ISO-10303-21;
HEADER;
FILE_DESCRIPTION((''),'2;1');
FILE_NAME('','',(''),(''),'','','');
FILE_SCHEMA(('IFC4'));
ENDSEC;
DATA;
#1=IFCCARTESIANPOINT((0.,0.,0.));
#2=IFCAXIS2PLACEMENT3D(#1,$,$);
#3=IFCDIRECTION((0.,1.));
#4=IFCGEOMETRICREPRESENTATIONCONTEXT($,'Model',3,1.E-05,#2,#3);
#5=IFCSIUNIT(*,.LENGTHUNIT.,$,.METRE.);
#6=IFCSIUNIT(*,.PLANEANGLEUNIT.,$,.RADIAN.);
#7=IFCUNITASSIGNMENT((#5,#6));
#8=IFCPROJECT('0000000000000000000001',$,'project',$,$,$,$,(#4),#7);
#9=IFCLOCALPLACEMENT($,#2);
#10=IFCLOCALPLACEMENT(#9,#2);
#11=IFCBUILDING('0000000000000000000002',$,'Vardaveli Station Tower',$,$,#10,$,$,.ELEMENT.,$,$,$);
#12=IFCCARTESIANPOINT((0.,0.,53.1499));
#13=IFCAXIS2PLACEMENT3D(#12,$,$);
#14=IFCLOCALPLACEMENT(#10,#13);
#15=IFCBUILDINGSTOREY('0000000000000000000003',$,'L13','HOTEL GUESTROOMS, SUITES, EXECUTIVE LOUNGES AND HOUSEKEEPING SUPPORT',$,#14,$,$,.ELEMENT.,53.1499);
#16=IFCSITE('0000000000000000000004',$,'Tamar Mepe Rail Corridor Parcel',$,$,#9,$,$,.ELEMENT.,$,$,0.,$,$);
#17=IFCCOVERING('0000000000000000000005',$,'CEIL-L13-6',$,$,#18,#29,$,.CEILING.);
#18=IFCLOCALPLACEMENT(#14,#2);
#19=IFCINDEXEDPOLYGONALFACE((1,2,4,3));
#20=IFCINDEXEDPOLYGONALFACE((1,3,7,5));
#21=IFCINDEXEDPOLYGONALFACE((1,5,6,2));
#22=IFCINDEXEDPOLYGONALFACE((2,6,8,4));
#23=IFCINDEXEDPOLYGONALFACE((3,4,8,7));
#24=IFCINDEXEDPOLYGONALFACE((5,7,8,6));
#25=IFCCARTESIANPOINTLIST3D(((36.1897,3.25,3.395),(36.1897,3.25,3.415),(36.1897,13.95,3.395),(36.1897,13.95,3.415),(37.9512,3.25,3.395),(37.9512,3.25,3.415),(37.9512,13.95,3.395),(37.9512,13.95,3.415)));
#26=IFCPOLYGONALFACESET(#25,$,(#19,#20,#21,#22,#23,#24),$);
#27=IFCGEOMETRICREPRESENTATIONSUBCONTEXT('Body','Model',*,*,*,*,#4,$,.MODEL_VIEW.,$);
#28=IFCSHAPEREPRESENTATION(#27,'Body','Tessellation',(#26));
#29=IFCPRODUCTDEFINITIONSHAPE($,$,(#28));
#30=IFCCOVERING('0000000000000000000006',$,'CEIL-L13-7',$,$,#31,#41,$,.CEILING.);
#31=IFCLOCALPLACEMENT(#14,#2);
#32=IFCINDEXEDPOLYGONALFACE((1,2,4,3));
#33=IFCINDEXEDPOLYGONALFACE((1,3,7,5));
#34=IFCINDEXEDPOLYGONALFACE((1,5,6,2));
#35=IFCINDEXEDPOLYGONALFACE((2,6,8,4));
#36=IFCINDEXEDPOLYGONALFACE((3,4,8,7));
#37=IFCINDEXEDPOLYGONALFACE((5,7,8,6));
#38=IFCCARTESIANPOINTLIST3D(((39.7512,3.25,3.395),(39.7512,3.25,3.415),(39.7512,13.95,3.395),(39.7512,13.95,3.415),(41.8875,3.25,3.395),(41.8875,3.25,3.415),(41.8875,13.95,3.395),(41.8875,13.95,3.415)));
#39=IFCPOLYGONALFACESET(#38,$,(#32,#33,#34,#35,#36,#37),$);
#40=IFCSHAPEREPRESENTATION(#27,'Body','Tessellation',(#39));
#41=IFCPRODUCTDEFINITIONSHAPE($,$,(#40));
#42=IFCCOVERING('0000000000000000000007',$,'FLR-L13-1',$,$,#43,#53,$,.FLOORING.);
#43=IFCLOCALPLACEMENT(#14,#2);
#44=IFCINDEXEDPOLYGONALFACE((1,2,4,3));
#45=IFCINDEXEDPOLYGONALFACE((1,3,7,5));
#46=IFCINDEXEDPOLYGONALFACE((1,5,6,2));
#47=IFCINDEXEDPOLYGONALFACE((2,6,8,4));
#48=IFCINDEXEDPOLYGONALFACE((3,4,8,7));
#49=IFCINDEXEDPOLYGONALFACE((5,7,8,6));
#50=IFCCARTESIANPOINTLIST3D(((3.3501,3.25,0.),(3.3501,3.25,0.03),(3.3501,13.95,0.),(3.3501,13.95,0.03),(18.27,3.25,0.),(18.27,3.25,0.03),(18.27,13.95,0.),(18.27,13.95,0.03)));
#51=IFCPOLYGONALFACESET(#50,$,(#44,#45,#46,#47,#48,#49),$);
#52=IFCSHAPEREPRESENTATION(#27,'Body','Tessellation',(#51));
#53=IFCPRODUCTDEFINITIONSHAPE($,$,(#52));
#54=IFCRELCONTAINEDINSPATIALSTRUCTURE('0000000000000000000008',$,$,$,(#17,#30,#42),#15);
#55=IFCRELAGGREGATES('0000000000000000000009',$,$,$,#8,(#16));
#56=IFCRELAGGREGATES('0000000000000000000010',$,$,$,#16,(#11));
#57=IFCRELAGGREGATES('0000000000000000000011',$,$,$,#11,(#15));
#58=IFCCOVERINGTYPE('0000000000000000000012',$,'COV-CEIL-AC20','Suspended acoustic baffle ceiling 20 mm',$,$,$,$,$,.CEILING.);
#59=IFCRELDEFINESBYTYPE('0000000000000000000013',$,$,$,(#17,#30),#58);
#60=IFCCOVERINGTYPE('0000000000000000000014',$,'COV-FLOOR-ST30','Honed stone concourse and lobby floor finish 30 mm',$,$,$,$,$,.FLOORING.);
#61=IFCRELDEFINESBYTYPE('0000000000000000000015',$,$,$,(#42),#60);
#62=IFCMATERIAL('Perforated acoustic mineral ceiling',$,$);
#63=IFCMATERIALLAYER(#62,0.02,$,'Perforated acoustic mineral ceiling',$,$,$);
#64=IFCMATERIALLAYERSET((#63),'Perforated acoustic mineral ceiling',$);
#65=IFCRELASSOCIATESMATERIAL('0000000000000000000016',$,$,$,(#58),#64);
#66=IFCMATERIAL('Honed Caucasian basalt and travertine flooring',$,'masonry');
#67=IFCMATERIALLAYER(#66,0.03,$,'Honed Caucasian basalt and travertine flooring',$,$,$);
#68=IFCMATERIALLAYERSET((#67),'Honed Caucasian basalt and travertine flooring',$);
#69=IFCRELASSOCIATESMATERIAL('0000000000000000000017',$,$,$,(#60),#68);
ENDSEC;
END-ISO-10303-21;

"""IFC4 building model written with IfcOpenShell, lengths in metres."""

from ifc_helpers import new_model, si_unit, direction, frame, origin, place, context, subcontext, project, spatial, polyline, outline, extrude, material, layer, layer_set, type_object, element, save


model = new_model("IFC4")

# Units and contexts
model_context = context("Model", 3, precision=1e-05, world=origin(), true_north=direction((0.0, 1.0)))
body_context = subcontext(model_context, "Body", "Model", "MODEL_VIEW")
ifc_project = project(units=[si_unit("LENGTHUNIT", "METRE"), si_unit("PLANEANGLEUNIT", "RADIAN")], contexts=[model_context])

# Site, building, storey
site_placement = place(None, origin())
site = spatial("IfcSite", under=ifc_project, at=site_placement, Name="Tamar Mepe Rail Corridor Parcel", CompositionType="ELEMENT", RefElevation=0.0)
building_placement = place(site_placement, origin())
building = spatial("IfcBuilding", under=site, at=building_placement, Name="Vardaveli Station Tower", CompositionType="ELEMENT")
storey_placement = place(building_placement, frame((0.0, 0.0, 53.1499)))
storey = spatial("IfcBuildingStorey", under=building, at=storey_placement, Name="L13", Description="HOTEL GUESTROOMS, SUITES, EXECUTIVE LOUNGES AND HOUSEKEEPING SUPPORT", CompositionType="ELEMENT", Elevation=53.1499)

# Coverings
ifc_material_1 = material(Name="Perforated acoustic mineral ceiling")
ifc_layer_1 = layer(ifc_material_1, 0.02, Name="Perforated acoustic mineral ceiling")
ifc_layer_set_1 = layer_set([ifc_layer_1], Name="Perforated acoustic mineral ceiling")
covering_type_1 = type_object("IfcCoveringType", Name="COV-CEIL-AC20", Description="Suspended acoustic baffle ceiling 20 mm", PredefinedType="CEILING", material=ifc_layer_set_1)
covering_1_placement = place(storey_placement, frame((0.0, 0.0, 3.395)))
element("IfcCovering", 1, at=covering_1_placement, inside=storey, type_object=covering_type_1, Name="CEIL-L13-6", PredefinedType="CEILING", context=body_context, shape_type="SweptSolid", body=[
    extrude(outline(polyline([(36.1897, 3.25), (37.9512, 3.25), (37.9512, 13.95), (36.1897, 13.95), (36.1897, 3.25)])), origin(), (0.0, 0.0, 1.0), 0.02),
])
covering_2_placement = place(storey_placement, frame((0.0, 0.0, 3.395)))
element("IfcCovering", 2, at=covering_2_placement, inside=storey, type_object=covering_type_1, Name="CEIL-L13-7", PredefinedType="CEILING", context=body_context, shape_type="SweptSolid", body=[
    extrude(outline(polyline([(39.7512, 3.25), (41.8875, 3.25), (41.8875, 13.95), (39.7512, 13.95), (39.7512, 3.25)])), origin(), (0.0, 0.0, 1.0), 0.02),
])
ifc_material_2 = material(Name="Honed Caucasian basalt and travertine flooring", Category="masonry")
ifc_layer_2 = layer(ifc_material_2, 0.03, Name="Honed Caucasian basalt and travertine flooring")
ifc_layer_set_2 = layer_set([ifc_layer_2], Name="Honed Caucasian basalt and travertine flooring")
covering_type_2 = type_object("IfcCoveringType", Name="COV-FLOOR-ST30", Description="Honed stone concourse and lobby floor finish 30 mm", PredefinedType="FLOORING", material=ifc_layer_set_2)
covering_3_placement = place(storey_placement, origin())
element("IfcCovering", 3, at=covering_3_placement, inside=storey, type_object=covering_type_2, Name="FLR-L13-1", PredefinedType="FLOORING", context=body_context, shape_type="SweptSolid", body=[
    extrude(outline(polyline([(3.3501, 3.25), (18.27, 3.25), (18.27, 13.95), (3.3501, 13.95), (3.3501, 3.25)])), origin(), (0.0, 0.0, 1.0), 0.03),
])

save(model, "model.ifc")
